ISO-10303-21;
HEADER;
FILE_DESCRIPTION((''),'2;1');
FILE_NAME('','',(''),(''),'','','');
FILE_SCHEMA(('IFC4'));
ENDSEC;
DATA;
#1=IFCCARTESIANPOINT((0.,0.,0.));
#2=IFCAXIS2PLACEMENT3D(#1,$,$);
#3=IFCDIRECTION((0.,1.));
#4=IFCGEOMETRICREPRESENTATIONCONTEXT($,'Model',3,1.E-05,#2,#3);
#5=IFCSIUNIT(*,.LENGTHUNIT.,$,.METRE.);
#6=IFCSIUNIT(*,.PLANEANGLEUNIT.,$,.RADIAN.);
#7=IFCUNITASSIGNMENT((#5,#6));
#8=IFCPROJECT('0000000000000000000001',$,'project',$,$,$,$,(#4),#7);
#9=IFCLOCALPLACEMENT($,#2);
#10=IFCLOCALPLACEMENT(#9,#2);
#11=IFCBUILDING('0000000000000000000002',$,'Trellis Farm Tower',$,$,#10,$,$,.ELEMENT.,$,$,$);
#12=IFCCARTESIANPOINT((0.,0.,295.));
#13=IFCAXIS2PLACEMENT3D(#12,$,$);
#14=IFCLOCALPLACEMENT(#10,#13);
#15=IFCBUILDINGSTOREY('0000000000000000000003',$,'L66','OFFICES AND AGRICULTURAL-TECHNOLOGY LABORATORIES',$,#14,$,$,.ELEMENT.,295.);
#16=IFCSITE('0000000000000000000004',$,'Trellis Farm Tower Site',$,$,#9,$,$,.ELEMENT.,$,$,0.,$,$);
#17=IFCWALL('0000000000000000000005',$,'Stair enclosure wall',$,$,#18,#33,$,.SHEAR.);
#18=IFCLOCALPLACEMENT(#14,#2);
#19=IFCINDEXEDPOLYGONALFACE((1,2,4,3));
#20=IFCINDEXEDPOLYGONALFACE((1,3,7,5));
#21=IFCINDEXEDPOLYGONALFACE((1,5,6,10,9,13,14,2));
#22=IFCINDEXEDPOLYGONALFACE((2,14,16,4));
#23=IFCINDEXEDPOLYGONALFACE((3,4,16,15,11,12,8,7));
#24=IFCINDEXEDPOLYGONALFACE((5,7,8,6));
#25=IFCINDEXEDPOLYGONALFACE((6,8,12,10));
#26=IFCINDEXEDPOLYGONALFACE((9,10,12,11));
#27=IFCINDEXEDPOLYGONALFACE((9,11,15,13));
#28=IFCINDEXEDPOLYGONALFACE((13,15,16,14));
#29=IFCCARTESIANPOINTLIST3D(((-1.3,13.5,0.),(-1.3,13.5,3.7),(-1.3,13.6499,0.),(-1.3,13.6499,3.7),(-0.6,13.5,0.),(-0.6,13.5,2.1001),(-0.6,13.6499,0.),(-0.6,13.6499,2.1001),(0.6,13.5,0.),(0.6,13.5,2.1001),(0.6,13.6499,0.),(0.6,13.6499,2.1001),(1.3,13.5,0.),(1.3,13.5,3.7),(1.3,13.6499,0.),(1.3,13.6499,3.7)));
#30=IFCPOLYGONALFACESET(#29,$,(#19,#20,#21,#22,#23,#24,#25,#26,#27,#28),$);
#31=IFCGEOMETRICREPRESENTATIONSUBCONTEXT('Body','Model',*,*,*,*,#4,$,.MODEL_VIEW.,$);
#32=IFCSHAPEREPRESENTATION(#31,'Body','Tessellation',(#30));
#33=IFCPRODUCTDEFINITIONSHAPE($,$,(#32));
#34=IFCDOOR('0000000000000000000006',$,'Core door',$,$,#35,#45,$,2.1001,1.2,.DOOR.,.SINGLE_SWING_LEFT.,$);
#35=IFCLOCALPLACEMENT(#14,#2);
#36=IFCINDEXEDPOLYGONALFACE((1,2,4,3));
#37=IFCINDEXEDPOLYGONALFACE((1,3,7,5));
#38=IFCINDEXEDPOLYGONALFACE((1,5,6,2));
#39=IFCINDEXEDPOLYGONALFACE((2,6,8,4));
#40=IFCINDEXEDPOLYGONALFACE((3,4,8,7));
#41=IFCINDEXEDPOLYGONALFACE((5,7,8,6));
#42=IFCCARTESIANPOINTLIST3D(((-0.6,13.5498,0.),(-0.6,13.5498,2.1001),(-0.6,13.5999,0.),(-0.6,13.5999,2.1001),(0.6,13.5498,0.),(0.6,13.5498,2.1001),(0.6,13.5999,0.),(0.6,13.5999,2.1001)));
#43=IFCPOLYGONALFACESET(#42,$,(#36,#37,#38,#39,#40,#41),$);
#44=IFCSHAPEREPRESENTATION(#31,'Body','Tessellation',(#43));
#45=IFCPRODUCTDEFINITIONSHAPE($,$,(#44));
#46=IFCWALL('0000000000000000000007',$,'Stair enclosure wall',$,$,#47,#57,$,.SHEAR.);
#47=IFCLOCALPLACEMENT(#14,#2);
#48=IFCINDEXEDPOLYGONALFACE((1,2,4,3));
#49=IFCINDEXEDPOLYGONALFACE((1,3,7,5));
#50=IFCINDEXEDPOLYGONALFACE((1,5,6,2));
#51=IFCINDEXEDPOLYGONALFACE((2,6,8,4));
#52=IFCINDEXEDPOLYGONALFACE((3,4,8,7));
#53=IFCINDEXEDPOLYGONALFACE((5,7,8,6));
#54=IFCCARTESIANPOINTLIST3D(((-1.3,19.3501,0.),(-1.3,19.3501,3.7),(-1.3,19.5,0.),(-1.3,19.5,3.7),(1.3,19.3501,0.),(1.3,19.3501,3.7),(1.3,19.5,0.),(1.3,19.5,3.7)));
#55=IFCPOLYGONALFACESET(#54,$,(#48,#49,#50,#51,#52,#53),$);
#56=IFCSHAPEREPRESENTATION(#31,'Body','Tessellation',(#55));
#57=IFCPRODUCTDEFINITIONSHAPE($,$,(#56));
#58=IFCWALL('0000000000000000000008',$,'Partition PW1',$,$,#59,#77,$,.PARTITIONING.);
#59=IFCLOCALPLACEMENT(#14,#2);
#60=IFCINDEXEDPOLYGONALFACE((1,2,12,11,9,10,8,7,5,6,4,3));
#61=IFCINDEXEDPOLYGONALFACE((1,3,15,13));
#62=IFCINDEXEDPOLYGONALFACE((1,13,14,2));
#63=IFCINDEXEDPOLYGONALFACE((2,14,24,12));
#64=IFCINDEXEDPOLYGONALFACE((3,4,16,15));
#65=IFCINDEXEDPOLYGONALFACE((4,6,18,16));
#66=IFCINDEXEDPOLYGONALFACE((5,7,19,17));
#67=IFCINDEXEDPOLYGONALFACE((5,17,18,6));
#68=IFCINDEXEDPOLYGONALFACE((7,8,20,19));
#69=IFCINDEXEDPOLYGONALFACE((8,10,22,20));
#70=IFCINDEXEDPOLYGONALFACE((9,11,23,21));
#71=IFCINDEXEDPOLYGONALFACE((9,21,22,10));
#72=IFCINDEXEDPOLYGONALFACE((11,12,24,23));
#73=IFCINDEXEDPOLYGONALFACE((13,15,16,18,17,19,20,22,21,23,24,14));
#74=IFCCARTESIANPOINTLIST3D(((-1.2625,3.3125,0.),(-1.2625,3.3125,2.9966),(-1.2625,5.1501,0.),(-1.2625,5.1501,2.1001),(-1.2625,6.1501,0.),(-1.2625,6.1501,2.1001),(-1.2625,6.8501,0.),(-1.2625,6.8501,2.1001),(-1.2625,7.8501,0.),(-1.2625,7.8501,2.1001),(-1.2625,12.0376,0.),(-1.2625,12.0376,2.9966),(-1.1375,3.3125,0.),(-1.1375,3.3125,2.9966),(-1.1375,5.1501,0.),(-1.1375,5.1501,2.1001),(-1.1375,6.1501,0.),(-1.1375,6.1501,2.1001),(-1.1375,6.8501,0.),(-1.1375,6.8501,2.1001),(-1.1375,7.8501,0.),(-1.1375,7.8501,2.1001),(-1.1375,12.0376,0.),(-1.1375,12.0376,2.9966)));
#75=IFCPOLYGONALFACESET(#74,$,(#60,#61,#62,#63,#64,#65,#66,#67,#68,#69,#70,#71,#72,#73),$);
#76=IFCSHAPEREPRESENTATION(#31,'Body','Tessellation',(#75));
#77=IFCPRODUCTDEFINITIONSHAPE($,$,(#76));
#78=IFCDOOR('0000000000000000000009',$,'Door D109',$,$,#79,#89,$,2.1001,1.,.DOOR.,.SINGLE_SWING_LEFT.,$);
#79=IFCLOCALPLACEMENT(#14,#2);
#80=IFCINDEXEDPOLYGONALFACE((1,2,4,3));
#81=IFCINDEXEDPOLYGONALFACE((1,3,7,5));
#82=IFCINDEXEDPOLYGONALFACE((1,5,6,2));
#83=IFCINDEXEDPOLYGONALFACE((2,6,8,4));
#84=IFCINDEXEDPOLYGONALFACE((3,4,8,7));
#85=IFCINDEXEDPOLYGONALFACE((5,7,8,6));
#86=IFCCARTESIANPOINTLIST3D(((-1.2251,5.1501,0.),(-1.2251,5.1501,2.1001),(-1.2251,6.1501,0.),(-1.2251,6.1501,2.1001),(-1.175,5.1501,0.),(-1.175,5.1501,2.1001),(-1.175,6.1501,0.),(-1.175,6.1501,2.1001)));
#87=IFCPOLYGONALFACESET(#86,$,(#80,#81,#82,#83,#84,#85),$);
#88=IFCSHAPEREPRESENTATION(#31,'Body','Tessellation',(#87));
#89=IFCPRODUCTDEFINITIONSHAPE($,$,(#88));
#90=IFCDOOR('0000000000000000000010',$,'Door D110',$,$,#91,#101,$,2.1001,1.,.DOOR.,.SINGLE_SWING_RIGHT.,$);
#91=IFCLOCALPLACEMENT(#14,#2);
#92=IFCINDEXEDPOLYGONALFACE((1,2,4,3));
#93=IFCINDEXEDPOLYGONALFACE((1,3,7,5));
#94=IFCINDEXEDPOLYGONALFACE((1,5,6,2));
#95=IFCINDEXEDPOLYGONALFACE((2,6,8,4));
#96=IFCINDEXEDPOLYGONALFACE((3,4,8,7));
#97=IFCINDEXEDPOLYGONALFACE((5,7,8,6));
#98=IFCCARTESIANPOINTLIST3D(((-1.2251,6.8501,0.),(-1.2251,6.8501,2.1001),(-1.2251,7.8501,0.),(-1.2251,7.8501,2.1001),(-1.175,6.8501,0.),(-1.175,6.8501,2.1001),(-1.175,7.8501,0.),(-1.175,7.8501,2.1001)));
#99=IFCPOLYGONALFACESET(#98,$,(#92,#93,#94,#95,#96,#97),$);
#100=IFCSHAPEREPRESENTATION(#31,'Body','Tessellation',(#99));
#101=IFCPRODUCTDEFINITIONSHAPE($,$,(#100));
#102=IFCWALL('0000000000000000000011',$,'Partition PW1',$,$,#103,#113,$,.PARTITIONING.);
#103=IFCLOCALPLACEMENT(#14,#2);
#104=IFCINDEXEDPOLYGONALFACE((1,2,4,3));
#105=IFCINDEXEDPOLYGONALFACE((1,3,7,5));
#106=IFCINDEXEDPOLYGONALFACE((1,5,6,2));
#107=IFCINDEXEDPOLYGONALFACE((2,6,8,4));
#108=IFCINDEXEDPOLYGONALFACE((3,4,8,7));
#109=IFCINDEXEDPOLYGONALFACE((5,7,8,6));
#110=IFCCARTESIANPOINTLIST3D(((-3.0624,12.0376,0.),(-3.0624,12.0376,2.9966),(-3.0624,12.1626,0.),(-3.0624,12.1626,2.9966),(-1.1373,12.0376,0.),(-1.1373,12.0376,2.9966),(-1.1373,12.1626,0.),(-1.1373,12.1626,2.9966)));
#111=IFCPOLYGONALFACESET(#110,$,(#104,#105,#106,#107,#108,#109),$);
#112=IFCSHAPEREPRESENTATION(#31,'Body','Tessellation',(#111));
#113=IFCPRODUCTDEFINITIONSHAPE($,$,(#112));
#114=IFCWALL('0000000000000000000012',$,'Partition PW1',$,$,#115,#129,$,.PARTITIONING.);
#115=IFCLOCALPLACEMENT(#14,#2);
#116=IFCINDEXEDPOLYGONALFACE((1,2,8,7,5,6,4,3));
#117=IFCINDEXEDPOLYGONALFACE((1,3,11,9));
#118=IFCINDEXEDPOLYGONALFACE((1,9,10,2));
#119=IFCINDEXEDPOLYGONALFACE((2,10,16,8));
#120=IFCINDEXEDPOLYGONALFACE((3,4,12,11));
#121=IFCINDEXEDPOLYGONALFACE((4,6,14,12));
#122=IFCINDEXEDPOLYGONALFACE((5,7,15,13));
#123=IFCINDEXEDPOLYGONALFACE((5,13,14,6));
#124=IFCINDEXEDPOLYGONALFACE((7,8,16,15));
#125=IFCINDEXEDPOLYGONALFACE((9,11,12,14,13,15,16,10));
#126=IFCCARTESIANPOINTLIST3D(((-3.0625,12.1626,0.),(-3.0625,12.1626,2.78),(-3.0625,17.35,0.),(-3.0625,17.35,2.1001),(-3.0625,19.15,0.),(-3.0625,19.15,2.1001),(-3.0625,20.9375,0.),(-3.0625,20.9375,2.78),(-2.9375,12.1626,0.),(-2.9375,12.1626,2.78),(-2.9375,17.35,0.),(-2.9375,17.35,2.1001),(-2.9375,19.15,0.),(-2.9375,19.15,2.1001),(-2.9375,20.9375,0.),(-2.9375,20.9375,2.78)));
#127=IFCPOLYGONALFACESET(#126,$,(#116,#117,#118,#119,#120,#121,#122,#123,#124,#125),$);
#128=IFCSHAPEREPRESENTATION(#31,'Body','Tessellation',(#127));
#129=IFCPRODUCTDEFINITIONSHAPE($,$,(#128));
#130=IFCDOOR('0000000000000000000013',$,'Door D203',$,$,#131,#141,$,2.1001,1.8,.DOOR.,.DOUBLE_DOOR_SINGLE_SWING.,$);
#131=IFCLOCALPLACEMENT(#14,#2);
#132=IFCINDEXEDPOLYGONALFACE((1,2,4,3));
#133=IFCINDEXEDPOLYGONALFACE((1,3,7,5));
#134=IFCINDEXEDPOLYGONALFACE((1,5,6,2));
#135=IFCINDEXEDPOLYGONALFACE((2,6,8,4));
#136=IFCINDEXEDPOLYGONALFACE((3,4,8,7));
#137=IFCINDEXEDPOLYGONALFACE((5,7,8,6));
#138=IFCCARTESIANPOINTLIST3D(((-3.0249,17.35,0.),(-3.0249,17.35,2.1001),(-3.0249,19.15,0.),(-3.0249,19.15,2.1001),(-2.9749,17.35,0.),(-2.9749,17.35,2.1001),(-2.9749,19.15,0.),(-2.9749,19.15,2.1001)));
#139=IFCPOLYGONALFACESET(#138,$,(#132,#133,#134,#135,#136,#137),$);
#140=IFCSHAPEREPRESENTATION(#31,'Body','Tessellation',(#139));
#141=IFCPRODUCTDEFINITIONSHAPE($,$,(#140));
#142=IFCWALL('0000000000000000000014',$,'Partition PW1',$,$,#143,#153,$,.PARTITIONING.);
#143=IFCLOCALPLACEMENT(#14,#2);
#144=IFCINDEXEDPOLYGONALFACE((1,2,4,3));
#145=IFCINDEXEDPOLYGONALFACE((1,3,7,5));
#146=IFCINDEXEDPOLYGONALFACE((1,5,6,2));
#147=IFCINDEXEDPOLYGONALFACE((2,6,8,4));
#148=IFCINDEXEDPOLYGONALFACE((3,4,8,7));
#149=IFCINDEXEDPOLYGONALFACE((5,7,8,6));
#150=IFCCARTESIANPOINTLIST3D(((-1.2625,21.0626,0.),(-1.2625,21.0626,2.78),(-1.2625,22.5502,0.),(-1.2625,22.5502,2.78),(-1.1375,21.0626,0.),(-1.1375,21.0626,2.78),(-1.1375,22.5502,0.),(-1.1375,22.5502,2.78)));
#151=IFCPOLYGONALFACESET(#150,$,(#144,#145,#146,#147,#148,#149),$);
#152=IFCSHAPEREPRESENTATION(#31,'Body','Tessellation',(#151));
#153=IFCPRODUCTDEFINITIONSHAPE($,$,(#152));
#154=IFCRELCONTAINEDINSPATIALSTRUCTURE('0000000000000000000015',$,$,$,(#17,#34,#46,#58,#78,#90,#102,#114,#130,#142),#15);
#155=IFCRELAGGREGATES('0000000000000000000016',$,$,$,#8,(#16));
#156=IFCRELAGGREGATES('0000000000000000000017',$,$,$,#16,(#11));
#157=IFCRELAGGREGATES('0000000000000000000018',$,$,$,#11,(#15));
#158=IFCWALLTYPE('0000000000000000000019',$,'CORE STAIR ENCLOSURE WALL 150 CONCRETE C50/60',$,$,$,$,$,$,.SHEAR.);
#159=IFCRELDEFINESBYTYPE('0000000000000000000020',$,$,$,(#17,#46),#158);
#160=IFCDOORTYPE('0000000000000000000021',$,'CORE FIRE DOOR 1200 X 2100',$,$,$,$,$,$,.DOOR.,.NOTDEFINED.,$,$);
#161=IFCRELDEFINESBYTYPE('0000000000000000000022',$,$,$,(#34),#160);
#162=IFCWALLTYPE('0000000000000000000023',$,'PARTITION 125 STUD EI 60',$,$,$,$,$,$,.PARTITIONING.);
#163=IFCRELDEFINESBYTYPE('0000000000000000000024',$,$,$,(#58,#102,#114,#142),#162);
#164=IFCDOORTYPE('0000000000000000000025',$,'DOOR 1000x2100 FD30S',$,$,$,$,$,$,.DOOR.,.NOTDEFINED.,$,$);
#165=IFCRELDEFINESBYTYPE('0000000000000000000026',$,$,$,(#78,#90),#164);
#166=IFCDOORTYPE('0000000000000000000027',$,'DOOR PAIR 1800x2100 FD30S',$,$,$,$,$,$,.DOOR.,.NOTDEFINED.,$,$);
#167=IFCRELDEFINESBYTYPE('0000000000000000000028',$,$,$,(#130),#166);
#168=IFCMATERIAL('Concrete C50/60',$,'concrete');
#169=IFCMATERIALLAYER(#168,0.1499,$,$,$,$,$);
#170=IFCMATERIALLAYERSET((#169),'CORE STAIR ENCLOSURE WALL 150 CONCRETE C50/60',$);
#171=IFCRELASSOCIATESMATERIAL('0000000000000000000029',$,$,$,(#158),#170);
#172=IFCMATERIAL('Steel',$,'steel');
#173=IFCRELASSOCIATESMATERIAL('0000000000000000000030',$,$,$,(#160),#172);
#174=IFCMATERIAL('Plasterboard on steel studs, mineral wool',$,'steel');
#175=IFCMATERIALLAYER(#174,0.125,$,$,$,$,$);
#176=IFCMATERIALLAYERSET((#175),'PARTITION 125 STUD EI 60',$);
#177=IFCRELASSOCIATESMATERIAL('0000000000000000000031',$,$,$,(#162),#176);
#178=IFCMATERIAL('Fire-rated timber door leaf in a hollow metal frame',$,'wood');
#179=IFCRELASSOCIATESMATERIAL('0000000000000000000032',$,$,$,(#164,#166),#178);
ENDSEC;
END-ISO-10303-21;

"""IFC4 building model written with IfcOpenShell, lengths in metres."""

from ifc_helpers import new_model, si_unit, direction, frame, frame_2d, origin, place, context, subcontext, project, spatial, rectangle, extrude, source, transform, mapped, material, layer, layer_set, type_object, element, fill, save


model = new_model("IFC4")

# Units and contexts
model_context = context("Model", 3, precision=1e-05, world=origin(), true_north=direction((0.0, 1.0)))
body_context = subcontext(model_context, "Body", "Model", "MODEL_VIEW")
ifc_project = project(units=[si_unit("LENGTHUNIT", "METRE"), si_unit("PLANEANGLEUNIT", "RADIAN")], contexts=[model_context])

# Site, building, storey
site_placement = place(None, origin())
site = spatial("IfcSite", under=ifc_project, at=site_placement, Name="Trellis Farm Tower Site", CompositionType="ELEMENT", RefElevation=0.0)
building_placement = place(site_placement, origin())
building = spatial("IfcBuilding", under=site, at=building_placement, Name="Trellis Farm Tower", CompositionType="ELEMENT")
storey_placement = place(building_placement, frame((0.0, 0.0, 295.0)))
storey = spatial("IfcBuildingStorey", under=building, at=storey_placement, Name="L66", Description="OFFICES AND AGRICULTURAL-TECHNOLOGY LABORATORIES", CompositionType="ELEMENT", Elevation=295.0)

# Shared definitions
ifc_material_1 = material(Name="Concrete C50/60", Category="concrete")

# Wall, opening, door
ifc_layer_1 = layer(ifc_material_1, 0.1499)
ifc_layer_set_1 = layer_set([ifc_layer_1], Name="CORE STAIR ENCLOSURE WALL 150 CONCRETE C50/60")
wall_type_1 = type_object("IfcWallType", Name="CORE STAIR ENCLOSURE WALL 150 CONCRETE C50/60", PredefinedType="SHEAR", material=ifc_layer_set_1)
shared_shape_1 = source(origin(), body_context, "Body", "SweptSolid", [
    extrude(rectangle(XDim=2.6001, YDim=0.1499, at=frame_2d((1.3, 0.0))), origin(), (0.0, 0.0, 1.0), 3.7),
])
wall_1_placement = place(storey_placement, frame((-1.3, 13.575, 0.0), z_axis=(0.0, 0.0, 1.0), x_axis=(1.0, 0.0, 0.0)))
wall_1 = element("IfcWall", 1, at=wall_1_placement, inside=storey, type_object=wall_type_1, Name="Stair enclosure wall", PredefinedType="SHEAR", context=body_context, shape_type="MappedRepresentation", body=[
    mapped(shared_shape_1, transform((0.0, 0.0, 0.0))),
])
shared_shape_2 = source(origin(), body_context, "Body", "SweptSolid", [
    extrude(rectangle(XDim=1.2, YDim=2.1001, at=frame_2d((0.6001, 1.05))), frame((0.0, 0.085, 0.0), z_axis=(0.0, -1.0, 0.0), x_axis=(1.0, 0.0, 0.0)), (0.0, 0.0, 1.0), 0.1699),
])
opening_1_placement = place(wall_1_placement, frame((0.7, 0.0, 0.0)))
opening_1 = element("IfcOpeningElement", 2, at=opening_1_placement, cuts=wall_1, PredefinedType="OPENING", context=body_context, shape_type="MappedRepresentation", body=[
    mapped(shared_shape_2, transform((0.0, 0.0, 0.0))),
])
ifc_material_2 = material(Name="Steel", Category="steel")
door_type_1 = type_object("IfcDoorType", Name="CORE FIRE DOOR 1200 X 2100", OperationType="NOTDEFINED", PredefinedType="DOOR", material=ifc_material_2)
shared_shape_3 = source(origin(), body_context, "Body", "SweptSolid", [
    extrude(rectangle(XDim=1.2, YDim=2.1001, at=frame_2d((0.6001, 1.05))), frame((0.0, 0.0249, 0.0), z_axis=(0.0, -1.0, 0.0), x_axis=(1.0, 0.0, 0.0)), (0.0, 0.0, 1.0), 0.05),
])
door_1_placement = place(opening_1_placement, origin())
door_1 = element("IfcDoor", 3, at=door_1_placement, inside=storey, type_object=door_type_1, Name="Core door", OperationType="SINGLE_SWING_LEFT", OverallHeight=2.1001, OverallWidth=1.2, PredefinedType="DOOR", context=body_context, shape_type="MappedRepresentation", body=[
    mapped(shared_shape_3, transform((0.0, 0.0, 0.0))),
])
fill(opening_1, door_1)

# Wall
wall_2_placement = place(storey_placement, frame((-1.3, 19.425, 0.0), z_axis=(0.0, 0.0, 1.0), x_axis=(1.0, 0.0, 0.0)))
element("IfcWall", 4, at=wall_2_placement, inside=storey, type_object=wall_type_1, Name="Stair enclosure wall", PredefinedType="SHEAR", context=body_context, shape_type="MappedRepresentation", body=[
    mapped(shared_shape_1, transform((0.0, 0.0, 0.0))),
])

# Wall, openings, doors
ifc_material_3 = material(Name="Plasterboard on steel studs, mineral wool", Category="steel")
ifc_layer_2 = layer(ifc_material_3, 0.125)
ifc_layer_set_2 = layer_set([ifc_layer_2], Name="PARTITION 125 STUD EI 60")
wall_type_2 = type_object("IfcWallType", Name="PARTITION 125 STUD EI 60", PredefinedType="PARTITIONING", material=ifc_layer_set_2)
shared_shape_4 = source(origin(), body_context, "Body", "SweptSolid", [
    extrude(rectangle(XDim=8.7251, YDim=0.125, at=frame_2d((4.3625, 0.0))), origin(), (0.0, 0.0, 1.0), 2.9966),
])
wall_3_placement = place(storey_placement, frame((-1.2, 12.0376, 0.0), z_axis=(0.0, 0.0, 1.0), x_axis=(0.0, -1.0, 0.0)))
wall_3 = element("IfcWall", 5, at=wall_3_placement, inside=storey, type_object=wall_type_2, Name="Partition PW1", PredefinedType="PARTITIONING", context=body_context, shape_type="MappedRepresentation", body=[
    mapped(shared_shape_4, transform((0.0, 0.0, 0.0))),
])
shared_shape_5 = source(origin(), body_context, "Body", "SweptSolid", [
    extrude(rectangle(XDim=1.0, YDim=2.1001, at=frame_2d((0.5, 1.05))), frame((0.0, 0.0725, 0.0), z_axis=(0.0, -1.0, 0.0), x_axis=(1.0, 0.0, 0.0)), (0.0, 0.0, 1.0), 0.145),
])
opening_2_placement = place(wall_3_placement, frame((5.8875, 0.0, 0.0)))
opening_2 = element("IfcOpeningElement", 6, at=opening_2_placement, cuts=wall_3, PredefinedType="OPENING", context=body_context, shape_type="MappedRepresentation", body=[
    mapped(shared_shape_5, transform((0.0, 0.0, 0.0))),
])
opening_3_placement = place(wall_3_placement, frame((4.1875, 0.0, 0.0)))
opening_3 = element("IfcOpeningElement", 7, at=opening_3_placement, cuts=wall_3, PredefinedType="OPENING", context=body_context, shape_type="MappedRepresentation", body=[
    mapped(shared_shape_5, transform((0.0, 0.0, 0.0))),
])
ifc_material_4 = material(Name="Fire-rated timber door leaf in a hollow metal frame", Category="wood")
door_type_2 = type_object("IfcDoorType", Name="DOOR 1000x2100 FD30S", OperationType="NOTDEFINED", PredefinedType="DOOR", material=ifc_material_4)
shared_shape_6 = source(origin(), body_context, "Body", "SweptSolid", [
    extrude(rectangle(XDim=1.0, YDim=2.1001, at=frame_2d((0.5, 1.05))), frame((0.0, 0.0249, 0.0), z_axis=(0.0, -1.0, 0.0), x_axis=(1.0, 0.0, 0.0)), (0.0, 0.0, 1.0), 0.05),
])
door_2_placement = place(opening_2_placement, origin())
door_2 = element("IfcDoor", 8, at=door_2_placement, inside=storey, type_object=door_type_2, Name="Door D109", OperationType="SINGLE_SWING_LEFT", OverallHeight=2.1001, OverallWidth=1.0, PredefinedType="DOOR", context=body_context, shape_type="MappedRepresentation", body=[
    mapped(shared_shape_6, transform((0.0, 0.0, 0.0))),
])
fill(opening_2, door_2)
door_3_placement = place(opening_3_placement, origin())
door_3 = element("IfcDoor", 9, at=door_3_placement, inside=storey, type_object=door_type_2, Name="Door D110", OperationType="SINGLE_SWING_RIGHT", OverallHeight=2.1001, OverallWidth=1.0, PredefinedType="DOOR", context=body_context, shape_type="MappedRepresentation", body=[
    mapped(shared_shape_6, transform((0.0, 0.0, 0.0))),
])
fill(opening_3, door_3)

# Wall
shared_shape_7 = source(origin(), body_context, "Body", "SweptSolid", [
    extrude(rectangle(XDim=1.925, YDim=0.125, at=frame_2d((0.9624, 0.0))), origin(), (0.0, 0.0, 1.0), 2.9966),
])
wall_4_placement = place(storey_placement, frame((-1.1375, 12.1001, 0.0), z_axis=(0.0, 0.0, 1.0), x_axis=(-1.0, 0.0, 0.0)))
element("IfcWall", 10, at=wall_4_placement, inside=storey, type_object=wall_type_2, Name="Partition PW1", PredefinedType="PARTITIONING", context=body_context, shape_type="MappedRepresentation", body=[
    mapped(shared_shape_7, transform((0.0, 0.0, 0.0))),
])

# Wall, opening, door
shared_shape_8 = source(origin(), body_context, "Body", "SweptSolid", [
    extrude(rectangle(XDim=8.7749, YDim=0.125, at=frame_2d((4.3875, 0.0))), origin(), (0.0, 0.0, 1.0), 2.78),
])
wall_5_placement = place(storey_placement, frame((-3.0, 12.1626, 0.0), z_axis=(0.0, 0.0, 1.0), x_axis=(0.0, 1.0, 0.0)))
wall_5 = element("IfcWall", 11, at=wall_5_placement, inside=storey, type_object=wall_type_2, Name="Partition PW1", PredefinedType="PARTITIONING", context=body_context, shape_type="MappedRepresentation", body=[
    mapped(shared_shape_8, transform((0.0, 0.0, 0.0))),
])
shared_shape_9 = source(origin(), body_context, "Body", "SweptSolid", [
    extrude(rectangle(XDim=1.8, YDim=2.1001, at=frame_2d((0.8999, 1.05))), frame((0.0, 0.0725, 0.0), z_axis=(0.0, -1.0, 0.0), x_axis=(1.0, 0.0, 0.0)), (0.0, 0.0, 1.0), 0.145),
])
opening_4_placement = place(wall_5_placement, frame((5.1875, 0.0, 0.0)))
opening_4 = element("IfcOpeningElement", 12, at=opening_4_placement, cuts=wall_5, PredefinedType="OPENING", context=body_context, shape_type="MappedRepresentation", body=[
    mapped(shared_shape_9, transform((0.0, 0.0, 0.0))),
])
door_type_3 = type_object("IfcDoorType", Name="DOOR PAIR 1800x2100 FD30S", OperationType="NOTDEFINED", PredefinedType="DOOR", material=ifc_material_4)
shared_shape_10 = source(origin(), body_context, "Body", "SweptSolid", [
    extrude(rectangle(XDim=1.8, YDim=2.1001, at=frame_2d((0.8999, 1.05))), frame((0.0, 0.0249, 0.0), z_axis=(0.0, -1.0, 0.0), x_axis=(1.0, 0.0, 0.0)), (0.0, 0.0, 1.0), 0.05),
])
door_4_placement = place(opening_4_placement, origin())
door_4 = element("IfcDoor", 13, at=door_4_placement, inside=storey, type_object=door_type_3, Name="Door D203", OperationType="DOUBLE_DOOR_SINGLE_SWING", OverallHeight=2.1001, OverallWidth=1.8, PredefinedType="DOOR", context=body_context, shape_type="MappedRepresentation", body=[
    mapped(shared_shape_10, transform((0.0, 0.0, 0.0))),
])
fill(opening_4, door_4)

# Wall
shared_shape_11 = source(origin(), body_context, "Body", "SweptSolid", [
    extrude(rectangle(XDim=1.4875, YDim=0.125, at=frame_2d((0.7437, 0.0))), origin(), (0.0, 0.0, 1.0), 2.78),
])
wall_6_placement = place(storey_placement, frame((-1.2, 22.55, 0.0), z_axis=(0.0, 0.0, 1.0), x_axis=(0.0, -1.0, 0.0)))
element("IfcWall", 14, at=wall_6_placement, inside=storey, type_object=wall_type_2, Name="Partition PW1", PredefinedType="PARTITIONING", context=body_context, shape_type="MappedRepresentation", body=[
    mapped(shared_shape_11, transform((0.0, 0.0, 0.0))),
])

save(model, "model.ifc")
